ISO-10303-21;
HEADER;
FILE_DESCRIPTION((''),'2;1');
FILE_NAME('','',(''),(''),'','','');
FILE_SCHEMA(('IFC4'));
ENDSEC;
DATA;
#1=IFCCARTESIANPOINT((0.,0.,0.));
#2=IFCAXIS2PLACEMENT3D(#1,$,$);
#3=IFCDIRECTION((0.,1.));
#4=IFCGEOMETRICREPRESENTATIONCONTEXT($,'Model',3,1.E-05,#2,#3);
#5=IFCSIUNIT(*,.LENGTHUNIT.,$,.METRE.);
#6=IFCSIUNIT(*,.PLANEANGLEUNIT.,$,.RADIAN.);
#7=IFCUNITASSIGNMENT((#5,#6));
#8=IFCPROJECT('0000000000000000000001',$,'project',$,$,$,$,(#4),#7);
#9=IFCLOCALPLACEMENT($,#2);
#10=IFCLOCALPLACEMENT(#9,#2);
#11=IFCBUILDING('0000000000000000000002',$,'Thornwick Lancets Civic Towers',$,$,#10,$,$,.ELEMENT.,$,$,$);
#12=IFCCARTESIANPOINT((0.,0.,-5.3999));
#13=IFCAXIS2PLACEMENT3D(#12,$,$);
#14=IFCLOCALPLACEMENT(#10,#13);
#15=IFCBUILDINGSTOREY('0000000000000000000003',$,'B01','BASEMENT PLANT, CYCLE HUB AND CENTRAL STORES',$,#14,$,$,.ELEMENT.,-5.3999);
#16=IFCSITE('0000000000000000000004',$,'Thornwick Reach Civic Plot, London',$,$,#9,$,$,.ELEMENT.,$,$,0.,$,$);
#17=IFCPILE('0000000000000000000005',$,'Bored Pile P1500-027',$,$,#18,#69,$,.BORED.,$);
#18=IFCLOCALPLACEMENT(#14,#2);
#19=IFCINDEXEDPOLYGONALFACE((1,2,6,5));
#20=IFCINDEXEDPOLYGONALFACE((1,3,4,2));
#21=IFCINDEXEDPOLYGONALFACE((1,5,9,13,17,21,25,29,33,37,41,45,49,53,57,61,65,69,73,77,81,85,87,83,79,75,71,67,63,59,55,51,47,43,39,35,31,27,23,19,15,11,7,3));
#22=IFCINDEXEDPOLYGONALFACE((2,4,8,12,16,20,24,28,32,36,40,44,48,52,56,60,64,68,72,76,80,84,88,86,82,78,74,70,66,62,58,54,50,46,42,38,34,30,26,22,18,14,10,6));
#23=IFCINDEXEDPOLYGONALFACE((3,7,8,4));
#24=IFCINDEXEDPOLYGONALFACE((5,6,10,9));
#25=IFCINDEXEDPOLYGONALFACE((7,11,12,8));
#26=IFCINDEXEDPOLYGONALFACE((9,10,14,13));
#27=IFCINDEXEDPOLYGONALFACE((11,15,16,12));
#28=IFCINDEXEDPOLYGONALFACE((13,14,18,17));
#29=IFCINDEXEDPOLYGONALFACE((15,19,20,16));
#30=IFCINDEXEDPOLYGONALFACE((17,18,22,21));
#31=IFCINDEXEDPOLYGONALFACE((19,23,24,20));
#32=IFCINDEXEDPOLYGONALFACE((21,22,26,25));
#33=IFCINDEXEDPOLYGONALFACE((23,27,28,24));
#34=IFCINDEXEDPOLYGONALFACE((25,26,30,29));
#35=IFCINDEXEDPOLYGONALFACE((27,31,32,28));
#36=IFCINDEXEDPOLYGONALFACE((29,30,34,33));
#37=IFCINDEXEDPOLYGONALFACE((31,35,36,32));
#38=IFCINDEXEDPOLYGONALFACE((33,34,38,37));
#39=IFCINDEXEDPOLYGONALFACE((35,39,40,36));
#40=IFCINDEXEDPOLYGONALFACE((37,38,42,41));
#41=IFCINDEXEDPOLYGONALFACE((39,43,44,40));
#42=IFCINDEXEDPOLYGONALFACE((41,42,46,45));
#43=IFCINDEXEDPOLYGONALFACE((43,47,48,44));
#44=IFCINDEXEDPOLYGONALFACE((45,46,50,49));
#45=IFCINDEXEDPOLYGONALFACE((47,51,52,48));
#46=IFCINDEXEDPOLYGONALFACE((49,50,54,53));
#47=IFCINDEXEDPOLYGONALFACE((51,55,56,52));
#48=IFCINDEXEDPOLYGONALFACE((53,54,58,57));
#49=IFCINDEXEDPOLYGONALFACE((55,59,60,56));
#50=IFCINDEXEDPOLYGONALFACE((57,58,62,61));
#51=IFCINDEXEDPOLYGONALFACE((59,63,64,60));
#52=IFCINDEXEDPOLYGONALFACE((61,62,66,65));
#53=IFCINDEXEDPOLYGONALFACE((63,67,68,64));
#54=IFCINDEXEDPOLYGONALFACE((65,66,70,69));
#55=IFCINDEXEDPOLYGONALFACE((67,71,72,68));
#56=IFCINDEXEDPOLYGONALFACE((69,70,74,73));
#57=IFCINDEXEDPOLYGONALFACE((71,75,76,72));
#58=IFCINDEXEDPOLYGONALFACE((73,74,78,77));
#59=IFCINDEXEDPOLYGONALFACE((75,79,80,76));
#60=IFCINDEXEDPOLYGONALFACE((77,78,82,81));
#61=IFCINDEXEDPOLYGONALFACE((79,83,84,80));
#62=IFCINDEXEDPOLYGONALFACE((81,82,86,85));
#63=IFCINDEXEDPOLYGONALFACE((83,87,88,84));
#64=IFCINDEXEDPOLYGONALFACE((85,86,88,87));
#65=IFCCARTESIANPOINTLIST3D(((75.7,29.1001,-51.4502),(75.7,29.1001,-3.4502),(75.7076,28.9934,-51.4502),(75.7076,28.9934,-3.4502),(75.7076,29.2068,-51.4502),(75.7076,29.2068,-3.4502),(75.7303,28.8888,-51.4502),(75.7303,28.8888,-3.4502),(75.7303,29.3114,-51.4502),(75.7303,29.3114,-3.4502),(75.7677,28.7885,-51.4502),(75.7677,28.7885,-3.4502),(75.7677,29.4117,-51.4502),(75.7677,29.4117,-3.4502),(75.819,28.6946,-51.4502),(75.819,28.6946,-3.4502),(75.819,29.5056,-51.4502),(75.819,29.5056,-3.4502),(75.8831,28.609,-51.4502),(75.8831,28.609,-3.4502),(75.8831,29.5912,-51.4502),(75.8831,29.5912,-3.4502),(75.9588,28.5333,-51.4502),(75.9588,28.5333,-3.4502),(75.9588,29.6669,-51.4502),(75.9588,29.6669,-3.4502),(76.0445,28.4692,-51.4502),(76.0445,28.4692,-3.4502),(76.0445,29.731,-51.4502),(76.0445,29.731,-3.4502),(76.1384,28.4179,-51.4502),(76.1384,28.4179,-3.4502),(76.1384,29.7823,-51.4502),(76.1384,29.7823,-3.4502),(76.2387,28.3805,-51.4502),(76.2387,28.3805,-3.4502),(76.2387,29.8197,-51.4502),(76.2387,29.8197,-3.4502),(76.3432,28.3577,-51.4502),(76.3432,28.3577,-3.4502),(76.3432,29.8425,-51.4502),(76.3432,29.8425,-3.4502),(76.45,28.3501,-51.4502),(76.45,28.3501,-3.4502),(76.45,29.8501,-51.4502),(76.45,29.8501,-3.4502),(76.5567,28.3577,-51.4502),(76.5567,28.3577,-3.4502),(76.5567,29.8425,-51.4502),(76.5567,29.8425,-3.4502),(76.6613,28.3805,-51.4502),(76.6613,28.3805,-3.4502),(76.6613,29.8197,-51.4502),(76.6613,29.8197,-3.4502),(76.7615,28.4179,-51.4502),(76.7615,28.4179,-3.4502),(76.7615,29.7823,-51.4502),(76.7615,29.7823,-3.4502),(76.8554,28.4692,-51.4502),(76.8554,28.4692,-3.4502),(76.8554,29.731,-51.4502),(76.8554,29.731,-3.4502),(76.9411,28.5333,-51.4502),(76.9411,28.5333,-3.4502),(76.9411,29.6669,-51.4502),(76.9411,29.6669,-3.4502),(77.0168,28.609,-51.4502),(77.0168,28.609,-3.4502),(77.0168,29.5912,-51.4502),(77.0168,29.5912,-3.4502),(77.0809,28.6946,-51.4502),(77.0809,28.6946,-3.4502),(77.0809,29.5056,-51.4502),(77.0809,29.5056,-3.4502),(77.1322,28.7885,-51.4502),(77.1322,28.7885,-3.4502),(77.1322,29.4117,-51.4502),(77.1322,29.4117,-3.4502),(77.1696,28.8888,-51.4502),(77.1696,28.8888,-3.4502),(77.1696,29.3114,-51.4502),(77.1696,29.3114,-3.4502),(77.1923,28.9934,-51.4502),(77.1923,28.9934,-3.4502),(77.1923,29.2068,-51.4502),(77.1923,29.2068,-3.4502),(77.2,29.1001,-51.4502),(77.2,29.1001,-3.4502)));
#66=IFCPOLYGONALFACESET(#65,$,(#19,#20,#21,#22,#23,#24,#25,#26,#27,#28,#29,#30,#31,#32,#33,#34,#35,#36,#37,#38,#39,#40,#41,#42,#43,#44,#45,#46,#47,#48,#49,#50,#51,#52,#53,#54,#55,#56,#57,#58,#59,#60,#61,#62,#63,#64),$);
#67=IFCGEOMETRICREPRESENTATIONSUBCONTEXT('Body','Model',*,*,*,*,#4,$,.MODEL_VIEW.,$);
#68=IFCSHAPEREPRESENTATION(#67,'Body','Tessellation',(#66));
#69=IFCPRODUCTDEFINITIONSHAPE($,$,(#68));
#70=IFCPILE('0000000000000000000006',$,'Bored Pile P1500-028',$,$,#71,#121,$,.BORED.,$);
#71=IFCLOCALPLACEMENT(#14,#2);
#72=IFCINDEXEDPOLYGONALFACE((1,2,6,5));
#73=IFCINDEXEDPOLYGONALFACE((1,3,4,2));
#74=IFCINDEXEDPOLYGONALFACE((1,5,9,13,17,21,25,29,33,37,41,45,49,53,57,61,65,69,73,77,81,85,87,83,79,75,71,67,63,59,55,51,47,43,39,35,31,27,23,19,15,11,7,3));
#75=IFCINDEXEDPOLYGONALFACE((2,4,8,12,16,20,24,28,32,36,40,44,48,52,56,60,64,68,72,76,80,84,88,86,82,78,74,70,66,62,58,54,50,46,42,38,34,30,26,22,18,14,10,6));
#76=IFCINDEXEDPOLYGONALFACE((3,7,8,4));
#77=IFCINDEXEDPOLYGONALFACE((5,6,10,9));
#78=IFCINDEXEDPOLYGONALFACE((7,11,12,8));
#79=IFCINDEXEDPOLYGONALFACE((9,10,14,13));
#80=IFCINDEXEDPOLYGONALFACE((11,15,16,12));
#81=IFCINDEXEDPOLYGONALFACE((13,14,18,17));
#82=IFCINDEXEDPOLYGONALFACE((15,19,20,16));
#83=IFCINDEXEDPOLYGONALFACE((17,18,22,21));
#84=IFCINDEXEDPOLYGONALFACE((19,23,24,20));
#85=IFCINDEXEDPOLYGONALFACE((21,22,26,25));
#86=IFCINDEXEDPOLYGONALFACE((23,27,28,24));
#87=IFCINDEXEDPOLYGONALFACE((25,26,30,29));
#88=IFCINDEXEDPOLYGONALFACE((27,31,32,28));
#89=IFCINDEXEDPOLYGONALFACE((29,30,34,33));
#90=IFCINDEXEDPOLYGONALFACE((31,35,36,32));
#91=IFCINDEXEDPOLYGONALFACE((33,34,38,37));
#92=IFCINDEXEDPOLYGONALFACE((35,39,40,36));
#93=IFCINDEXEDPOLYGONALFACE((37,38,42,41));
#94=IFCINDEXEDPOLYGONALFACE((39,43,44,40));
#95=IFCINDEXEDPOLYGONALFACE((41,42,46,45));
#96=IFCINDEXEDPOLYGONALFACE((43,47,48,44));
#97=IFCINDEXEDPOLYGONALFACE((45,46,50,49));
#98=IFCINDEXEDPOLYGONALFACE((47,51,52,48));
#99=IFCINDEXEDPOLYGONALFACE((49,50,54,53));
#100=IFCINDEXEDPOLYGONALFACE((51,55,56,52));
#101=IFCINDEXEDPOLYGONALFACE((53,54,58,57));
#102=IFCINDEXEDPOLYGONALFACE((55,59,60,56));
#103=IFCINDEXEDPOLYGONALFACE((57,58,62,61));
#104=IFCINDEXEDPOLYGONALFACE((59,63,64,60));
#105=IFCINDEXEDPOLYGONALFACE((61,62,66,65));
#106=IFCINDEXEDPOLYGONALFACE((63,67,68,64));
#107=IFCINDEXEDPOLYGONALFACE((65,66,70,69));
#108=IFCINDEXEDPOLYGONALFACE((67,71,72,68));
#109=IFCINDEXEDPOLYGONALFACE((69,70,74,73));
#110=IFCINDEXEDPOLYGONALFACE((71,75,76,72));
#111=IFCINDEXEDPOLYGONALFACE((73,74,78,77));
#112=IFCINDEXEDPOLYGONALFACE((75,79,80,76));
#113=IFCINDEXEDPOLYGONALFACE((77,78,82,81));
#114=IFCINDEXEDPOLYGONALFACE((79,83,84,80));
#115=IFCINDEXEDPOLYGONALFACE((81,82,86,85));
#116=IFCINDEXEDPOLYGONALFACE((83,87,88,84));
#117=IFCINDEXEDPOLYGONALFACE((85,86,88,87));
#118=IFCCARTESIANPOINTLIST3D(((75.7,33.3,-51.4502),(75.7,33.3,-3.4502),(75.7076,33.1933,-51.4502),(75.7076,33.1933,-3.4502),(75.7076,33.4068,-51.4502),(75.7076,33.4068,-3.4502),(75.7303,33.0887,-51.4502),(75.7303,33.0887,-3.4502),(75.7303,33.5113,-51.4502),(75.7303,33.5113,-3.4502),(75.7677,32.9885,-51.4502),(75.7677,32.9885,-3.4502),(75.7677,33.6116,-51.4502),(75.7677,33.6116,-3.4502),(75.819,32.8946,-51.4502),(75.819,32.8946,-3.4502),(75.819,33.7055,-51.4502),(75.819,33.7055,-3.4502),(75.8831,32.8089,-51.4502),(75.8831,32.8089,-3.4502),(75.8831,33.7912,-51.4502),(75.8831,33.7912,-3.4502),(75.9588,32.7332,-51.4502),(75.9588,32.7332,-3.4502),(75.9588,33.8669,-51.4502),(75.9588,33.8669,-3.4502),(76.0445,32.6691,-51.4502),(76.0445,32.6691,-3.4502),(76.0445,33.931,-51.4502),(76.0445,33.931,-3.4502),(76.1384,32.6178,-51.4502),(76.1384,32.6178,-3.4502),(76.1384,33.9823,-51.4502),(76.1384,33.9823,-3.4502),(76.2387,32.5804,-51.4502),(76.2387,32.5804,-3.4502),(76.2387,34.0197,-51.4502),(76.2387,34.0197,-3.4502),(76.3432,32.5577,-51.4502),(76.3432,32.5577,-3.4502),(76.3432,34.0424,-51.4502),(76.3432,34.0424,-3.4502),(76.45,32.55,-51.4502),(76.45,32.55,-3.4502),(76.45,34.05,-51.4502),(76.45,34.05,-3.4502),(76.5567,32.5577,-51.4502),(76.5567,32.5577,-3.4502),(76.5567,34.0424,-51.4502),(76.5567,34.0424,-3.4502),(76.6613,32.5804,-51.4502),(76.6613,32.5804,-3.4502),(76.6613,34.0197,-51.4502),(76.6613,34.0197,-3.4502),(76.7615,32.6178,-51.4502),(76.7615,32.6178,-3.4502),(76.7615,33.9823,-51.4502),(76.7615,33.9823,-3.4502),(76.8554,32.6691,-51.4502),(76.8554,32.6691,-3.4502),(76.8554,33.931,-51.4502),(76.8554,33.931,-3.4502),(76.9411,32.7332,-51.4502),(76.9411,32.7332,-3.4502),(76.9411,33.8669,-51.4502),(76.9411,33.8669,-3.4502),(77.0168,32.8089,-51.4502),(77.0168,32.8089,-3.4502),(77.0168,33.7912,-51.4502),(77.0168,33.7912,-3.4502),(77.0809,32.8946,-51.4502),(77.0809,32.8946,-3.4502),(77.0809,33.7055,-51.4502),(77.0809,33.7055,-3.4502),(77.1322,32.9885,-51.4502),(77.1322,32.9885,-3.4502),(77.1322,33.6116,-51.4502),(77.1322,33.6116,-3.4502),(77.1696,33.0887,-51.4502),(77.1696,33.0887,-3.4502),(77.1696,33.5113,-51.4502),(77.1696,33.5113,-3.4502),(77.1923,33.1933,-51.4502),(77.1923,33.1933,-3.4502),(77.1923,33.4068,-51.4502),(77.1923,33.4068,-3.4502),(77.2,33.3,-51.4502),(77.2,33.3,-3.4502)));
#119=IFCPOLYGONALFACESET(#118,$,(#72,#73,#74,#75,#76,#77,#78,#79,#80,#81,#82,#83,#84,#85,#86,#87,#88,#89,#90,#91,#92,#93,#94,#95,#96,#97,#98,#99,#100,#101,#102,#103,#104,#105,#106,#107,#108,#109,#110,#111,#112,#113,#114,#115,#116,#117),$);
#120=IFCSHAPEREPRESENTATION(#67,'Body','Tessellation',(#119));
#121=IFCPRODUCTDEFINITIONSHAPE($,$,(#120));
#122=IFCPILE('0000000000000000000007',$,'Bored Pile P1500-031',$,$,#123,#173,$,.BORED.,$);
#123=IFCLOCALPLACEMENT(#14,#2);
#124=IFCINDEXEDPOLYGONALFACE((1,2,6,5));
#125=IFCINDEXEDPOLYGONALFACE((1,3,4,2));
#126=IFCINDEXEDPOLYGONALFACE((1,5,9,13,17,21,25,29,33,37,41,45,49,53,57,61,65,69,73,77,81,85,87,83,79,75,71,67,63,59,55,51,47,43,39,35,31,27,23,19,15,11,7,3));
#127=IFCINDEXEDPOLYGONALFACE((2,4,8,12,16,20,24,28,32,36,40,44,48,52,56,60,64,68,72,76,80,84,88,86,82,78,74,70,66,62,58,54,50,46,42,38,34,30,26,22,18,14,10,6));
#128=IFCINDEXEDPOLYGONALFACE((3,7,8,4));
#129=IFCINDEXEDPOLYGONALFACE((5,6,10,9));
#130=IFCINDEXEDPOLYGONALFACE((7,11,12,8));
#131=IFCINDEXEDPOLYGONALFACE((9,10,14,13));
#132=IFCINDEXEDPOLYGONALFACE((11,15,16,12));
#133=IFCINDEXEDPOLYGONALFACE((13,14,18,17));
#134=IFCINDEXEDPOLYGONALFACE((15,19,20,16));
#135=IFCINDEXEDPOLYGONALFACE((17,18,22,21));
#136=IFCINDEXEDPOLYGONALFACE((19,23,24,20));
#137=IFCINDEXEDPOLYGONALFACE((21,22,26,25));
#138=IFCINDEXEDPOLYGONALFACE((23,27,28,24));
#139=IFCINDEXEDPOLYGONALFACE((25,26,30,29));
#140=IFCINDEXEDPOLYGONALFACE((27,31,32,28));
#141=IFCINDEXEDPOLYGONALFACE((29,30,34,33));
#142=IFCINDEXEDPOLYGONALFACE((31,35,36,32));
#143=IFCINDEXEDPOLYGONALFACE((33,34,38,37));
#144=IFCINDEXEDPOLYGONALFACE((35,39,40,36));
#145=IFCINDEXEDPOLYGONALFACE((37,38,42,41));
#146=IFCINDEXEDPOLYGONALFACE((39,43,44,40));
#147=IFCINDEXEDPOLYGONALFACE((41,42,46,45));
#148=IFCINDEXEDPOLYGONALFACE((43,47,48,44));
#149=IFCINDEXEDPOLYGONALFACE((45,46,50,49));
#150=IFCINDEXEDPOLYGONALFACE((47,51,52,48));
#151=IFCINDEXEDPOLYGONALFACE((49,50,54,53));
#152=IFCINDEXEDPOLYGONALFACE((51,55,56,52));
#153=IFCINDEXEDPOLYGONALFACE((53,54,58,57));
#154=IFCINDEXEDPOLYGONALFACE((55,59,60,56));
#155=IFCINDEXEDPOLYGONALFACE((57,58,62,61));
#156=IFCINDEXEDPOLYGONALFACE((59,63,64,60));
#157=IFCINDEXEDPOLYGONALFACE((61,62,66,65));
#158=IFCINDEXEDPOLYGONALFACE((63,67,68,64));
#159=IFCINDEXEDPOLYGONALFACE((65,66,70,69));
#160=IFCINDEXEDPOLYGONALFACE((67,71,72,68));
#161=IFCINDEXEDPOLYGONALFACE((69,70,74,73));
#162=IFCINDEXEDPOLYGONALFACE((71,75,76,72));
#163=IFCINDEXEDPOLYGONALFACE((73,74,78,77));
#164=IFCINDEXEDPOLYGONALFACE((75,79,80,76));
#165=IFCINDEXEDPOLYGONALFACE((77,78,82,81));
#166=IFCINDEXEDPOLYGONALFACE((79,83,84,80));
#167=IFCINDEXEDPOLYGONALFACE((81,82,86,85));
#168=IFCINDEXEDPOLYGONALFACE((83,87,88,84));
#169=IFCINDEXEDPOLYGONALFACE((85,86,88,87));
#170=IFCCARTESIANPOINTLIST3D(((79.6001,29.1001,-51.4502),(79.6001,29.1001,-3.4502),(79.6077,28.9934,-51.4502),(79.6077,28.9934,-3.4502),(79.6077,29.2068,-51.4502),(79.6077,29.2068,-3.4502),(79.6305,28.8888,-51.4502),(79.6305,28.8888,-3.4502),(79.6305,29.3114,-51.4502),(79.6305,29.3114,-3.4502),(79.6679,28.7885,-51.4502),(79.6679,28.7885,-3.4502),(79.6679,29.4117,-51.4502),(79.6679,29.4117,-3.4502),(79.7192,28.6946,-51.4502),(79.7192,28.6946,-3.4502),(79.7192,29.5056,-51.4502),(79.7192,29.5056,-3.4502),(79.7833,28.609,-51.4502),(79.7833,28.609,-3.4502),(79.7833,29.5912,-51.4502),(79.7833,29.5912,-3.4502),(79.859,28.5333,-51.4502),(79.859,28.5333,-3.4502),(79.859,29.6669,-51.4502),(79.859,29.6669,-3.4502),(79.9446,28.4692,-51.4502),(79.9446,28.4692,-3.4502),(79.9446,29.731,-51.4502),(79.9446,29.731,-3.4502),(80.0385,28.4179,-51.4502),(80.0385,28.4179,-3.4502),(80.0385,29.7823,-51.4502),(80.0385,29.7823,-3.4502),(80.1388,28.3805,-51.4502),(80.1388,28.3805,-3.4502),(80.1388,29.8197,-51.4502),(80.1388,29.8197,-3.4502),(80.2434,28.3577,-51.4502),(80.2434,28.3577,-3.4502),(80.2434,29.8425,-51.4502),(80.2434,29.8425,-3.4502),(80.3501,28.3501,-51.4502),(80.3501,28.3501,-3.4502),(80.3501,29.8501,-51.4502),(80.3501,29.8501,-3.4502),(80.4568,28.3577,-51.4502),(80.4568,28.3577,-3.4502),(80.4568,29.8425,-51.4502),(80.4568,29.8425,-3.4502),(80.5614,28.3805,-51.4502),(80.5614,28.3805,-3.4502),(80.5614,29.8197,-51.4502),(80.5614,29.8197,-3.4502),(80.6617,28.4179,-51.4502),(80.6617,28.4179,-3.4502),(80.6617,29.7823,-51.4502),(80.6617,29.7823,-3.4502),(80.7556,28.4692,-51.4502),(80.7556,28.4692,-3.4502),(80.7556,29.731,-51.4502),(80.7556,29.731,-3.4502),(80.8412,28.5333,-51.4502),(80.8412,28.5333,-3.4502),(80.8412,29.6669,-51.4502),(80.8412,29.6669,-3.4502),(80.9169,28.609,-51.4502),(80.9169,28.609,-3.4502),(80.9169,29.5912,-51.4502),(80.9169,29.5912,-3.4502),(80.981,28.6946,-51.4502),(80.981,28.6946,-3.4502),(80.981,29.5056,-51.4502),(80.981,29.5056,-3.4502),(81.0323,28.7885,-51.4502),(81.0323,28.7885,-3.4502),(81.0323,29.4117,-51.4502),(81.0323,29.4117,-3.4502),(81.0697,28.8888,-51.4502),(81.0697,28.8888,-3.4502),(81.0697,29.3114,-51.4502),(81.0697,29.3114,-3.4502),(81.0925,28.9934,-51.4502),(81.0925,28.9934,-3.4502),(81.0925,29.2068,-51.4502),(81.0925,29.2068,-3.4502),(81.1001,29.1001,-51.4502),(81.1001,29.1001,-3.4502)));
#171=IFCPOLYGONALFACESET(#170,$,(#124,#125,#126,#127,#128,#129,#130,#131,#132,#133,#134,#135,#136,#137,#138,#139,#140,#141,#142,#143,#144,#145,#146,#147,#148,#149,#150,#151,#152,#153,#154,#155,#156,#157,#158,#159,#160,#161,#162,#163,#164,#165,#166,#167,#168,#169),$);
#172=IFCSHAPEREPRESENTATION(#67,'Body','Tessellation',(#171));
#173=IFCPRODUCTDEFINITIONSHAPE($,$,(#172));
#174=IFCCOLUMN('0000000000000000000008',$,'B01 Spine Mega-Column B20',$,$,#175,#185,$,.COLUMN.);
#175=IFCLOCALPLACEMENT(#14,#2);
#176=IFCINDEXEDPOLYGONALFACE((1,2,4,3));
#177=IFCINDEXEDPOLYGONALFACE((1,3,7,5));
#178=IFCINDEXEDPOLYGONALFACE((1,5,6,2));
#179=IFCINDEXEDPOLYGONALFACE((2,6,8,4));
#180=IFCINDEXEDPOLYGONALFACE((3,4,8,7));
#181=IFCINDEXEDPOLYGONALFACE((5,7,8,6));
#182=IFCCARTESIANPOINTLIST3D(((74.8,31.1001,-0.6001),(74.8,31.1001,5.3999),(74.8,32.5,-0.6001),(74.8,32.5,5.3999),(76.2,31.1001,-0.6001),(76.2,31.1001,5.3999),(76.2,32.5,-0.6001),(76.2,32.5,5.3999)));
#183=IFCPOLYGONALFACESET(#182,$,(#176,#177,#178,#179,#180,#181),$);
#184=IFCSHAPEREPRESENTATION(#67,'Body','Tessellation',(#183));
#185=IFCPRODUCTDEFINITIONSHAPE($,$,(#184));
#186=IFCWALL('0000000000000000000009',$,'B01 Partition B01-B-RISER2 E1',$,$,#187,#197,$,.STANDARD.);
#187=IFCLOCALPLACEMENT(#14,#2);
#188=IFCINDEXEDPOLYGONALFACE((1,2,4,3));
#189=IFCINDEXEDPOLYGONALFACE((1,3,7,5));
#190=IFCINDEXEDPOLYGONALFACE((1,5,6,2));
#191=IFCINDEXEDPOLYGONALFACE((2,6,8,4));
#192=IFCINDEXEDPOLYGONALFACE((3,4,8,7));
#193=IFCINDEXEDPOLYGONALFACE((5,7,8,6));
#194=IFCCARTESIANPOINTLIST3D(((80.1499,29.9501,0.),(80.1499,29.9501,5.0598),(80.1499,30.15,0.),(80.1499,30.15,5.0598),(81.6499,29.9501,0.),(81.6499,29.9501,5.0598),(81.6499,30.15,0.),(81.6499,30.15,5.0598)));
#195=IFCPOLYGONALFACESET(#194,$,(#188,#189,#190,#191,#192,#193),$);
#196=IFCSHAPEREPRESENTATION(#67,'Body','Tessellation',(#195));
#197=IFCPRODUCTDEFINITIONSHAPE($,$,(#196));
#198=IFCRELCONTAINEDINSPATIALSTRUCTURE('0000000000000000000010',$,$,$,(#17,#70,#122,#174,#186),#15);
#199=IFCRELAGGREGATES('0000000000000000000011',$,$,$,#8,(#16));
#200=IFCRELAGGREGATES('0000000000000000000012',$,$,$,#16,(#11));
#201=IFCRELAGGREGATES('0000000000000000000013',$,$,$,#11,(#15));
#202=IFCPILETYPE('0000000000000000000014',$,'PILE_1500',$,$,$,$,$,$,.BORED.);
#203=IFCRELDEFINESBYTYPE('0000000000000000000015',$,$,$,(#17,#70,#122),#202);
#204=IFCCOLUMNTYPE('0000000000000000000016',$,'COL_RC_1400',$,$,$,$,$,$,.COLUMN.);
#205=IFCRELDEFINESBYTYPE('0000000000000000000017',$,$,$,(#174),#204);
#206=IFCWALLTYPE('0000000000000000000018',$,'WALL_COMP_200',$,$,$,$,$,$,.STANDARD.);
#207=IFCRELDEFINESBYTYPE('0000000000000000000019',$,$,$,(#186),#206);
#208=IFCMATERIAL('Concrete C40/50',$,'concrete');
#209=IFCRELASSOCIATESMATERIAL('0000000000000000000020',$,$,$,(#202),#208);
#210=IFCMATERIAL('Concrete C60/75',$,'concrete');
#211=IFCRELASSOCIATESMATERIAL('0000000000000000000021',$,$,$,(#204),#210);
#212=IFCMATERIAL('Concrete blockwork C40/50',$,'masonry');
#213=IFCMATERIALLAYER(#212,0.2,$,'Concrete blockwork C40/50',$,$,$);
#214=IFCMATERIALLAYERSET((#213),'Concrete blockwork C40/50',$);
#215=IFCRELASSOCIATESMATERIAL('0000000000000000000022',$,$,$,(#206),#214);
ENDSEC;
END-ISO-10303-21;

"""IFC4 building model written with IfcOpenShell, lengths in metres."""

from ifc_helpers import new_model, si_unit, direction, frame, frame_2d, origin, origin_2d, place, context, subcontext, project, spatial, rectangle, circle, extrude, material, layer, layer_set, material_profile, profile_set, type_object, element, save


model = new_model("IFC4")

# Units and contexts
model_context = context("Model", 3, precision=1e-05, world=origin(), true_north=direction((0.0, 1.0)))
body_context = subcontext(model_context, "Body", "Model", "MODEL_VIEW")
ifc_project = project(units=[si_unit("LENGTHUNIT", "METRE"), si_unit("PLANEANGLEUNIT", "RADIAN")], contexts=[model_context])

# Site, building, storey
site_placement = place(None, origin())
site = spatial("IfcSite", under=ifc_project, at=site_placement, Name="Thornwick Reach Civic Plot, London", CompositionType="ELEMENT", RefElevation=0.0)
building_placement = place(site_placement, origin())
building = spatial("IfcBuilding", under=site, at=building_placement, Name="Thornwick Lancets Civic Towers", CompositionType="ELEMENT")
storey_placement = place(building_placement, frame((0.0, 0.0, -5.3999)))
storey = spatial("IfcBuildingStorey", under=building, at=storey_placement, Name="B01", Description="BASEMENT PLANT, CYCLE HUB AND CENTRAL STORES", CompositionType="ELEMENT", Elevation=-5.3999)

# Piles
ifc_material_1 = material(Name="Concrete C40/50", Category="concrete")
ifc_material_profile_1 = material_profile(ifc_material_1, circle(Radius=0.75, at=origin_2d()), Name="PILE D1500")
ifc_profile_set_1 = profile_set([ifc_material_profile_1], Name="Concrete C40/50")
pile_type = type_object("IfcPileType", Name="PILE_1500", PredefinedType="BORED", material=ifc_profile_set_1)
for number, where, z_axis, x_axis, name in (
    (1, (76.45, 29.1001, -3.4502), (0.0, 0.0, -1.0), (1.0, 0.0, 0.0), "Bored Pile P1500-027"),
    (2, (76.45, 33.3, -3.4502), (0.0, 0.0, -1.0), (1.0, 0.0, 0.0), "Bored Pile P1500-028"),
    (3, (80.3501, 29.1001, -3.4502), (0.0, 0.0, -1.0), (1.0, 0.0, 0.0), "Bored Pile P1500-031"),
):
    element("IfcPile", number, at=place(storey_placement, frame(where, z_axis=z_axis, x_axis=x_axis)), inside=storey, type_object=pile_type, Name=name, PredefinedType="BORED", context=body_context, shape_type="SweptSolid", body=[
        extrude(circle(Radius=0.75, at=origin_2d()), origin(), (0.0, 0.0, 1.0), 48.0),
    ])

# Column
ifc_material_2 = material(Name="Concrete C60/75", Category="concrete")
ifc_material_profile_2 = material_profile(ifc_material_2, rectangle(XDim=1.3999, YDim=1.3999, at=origin_2d()), Name="RC 1400x1400")
ifc_profile_set_2 = profile_set([ifc_material_profile_2], Name="Concrete C60/75")
column_type = type_object("IfcColumnType", Name="COL_RC_1400", PredefinedType="COLUMN", material=ifc_profile_set_2)
column_placement = place(storey_placement, frame((75.5, 31.8, -0.6001), z_axis=(0.0, 0.0, 1.0), x_axis=(1.0, 0.0, 0.0)))
element("IfcColumn", 4, at=column_placement, inside=storey, type_object=column_type, Name="B01 Spine Mega-Column B20", PredefinedType="COLUMN", context=body_context, shape_type="SweptSolid", body=[
    extrude(rectangle(XDim=1.3999, YDim=1.3999, at=origin_2d()), origin(), (0.0, 0.0, 1.0), 6.0),
])

# Wall
ifc_material_3 = material(Name="Concrete blockwork C40/50", Category="masonry")
ifc_layer_1 = layer(ifc_material_3, 0.2, Name="Concrete blockwork C40/50")
ifc_layer_set_1 = layer_set([ifc_layer_1], Name="Concrete blockwork C40/50")
wall_type_1 = type_object("IfcWallType", Name="WALL_COMP_200", PredefinedType="STANDARD", material=ifc_layer_set_1)
wall_1_placement = place(storey_placement, frame((80.1499, 30.05, 0.0), z_axis=(0.0, 0.0, 1.0), x_axis=(1.0, 0.0, 0.0)))
element("IfcWall", 5, at=wall_1_placement, inside=storey, type_object=wall_type_1, Name="B01 Partition B01-B-RISER2 E1", PredefinedType="STANDARD", context=body_context, shape_type="SweptSolid", body=[
    extrude(rectangle(XDim=1.5, YDim=0.2, at=frame_2d((0.75, 0.0))), origin(), (0.0, 0.0, 1.0), 5.0598),
])

save(model, "model.ifc")
